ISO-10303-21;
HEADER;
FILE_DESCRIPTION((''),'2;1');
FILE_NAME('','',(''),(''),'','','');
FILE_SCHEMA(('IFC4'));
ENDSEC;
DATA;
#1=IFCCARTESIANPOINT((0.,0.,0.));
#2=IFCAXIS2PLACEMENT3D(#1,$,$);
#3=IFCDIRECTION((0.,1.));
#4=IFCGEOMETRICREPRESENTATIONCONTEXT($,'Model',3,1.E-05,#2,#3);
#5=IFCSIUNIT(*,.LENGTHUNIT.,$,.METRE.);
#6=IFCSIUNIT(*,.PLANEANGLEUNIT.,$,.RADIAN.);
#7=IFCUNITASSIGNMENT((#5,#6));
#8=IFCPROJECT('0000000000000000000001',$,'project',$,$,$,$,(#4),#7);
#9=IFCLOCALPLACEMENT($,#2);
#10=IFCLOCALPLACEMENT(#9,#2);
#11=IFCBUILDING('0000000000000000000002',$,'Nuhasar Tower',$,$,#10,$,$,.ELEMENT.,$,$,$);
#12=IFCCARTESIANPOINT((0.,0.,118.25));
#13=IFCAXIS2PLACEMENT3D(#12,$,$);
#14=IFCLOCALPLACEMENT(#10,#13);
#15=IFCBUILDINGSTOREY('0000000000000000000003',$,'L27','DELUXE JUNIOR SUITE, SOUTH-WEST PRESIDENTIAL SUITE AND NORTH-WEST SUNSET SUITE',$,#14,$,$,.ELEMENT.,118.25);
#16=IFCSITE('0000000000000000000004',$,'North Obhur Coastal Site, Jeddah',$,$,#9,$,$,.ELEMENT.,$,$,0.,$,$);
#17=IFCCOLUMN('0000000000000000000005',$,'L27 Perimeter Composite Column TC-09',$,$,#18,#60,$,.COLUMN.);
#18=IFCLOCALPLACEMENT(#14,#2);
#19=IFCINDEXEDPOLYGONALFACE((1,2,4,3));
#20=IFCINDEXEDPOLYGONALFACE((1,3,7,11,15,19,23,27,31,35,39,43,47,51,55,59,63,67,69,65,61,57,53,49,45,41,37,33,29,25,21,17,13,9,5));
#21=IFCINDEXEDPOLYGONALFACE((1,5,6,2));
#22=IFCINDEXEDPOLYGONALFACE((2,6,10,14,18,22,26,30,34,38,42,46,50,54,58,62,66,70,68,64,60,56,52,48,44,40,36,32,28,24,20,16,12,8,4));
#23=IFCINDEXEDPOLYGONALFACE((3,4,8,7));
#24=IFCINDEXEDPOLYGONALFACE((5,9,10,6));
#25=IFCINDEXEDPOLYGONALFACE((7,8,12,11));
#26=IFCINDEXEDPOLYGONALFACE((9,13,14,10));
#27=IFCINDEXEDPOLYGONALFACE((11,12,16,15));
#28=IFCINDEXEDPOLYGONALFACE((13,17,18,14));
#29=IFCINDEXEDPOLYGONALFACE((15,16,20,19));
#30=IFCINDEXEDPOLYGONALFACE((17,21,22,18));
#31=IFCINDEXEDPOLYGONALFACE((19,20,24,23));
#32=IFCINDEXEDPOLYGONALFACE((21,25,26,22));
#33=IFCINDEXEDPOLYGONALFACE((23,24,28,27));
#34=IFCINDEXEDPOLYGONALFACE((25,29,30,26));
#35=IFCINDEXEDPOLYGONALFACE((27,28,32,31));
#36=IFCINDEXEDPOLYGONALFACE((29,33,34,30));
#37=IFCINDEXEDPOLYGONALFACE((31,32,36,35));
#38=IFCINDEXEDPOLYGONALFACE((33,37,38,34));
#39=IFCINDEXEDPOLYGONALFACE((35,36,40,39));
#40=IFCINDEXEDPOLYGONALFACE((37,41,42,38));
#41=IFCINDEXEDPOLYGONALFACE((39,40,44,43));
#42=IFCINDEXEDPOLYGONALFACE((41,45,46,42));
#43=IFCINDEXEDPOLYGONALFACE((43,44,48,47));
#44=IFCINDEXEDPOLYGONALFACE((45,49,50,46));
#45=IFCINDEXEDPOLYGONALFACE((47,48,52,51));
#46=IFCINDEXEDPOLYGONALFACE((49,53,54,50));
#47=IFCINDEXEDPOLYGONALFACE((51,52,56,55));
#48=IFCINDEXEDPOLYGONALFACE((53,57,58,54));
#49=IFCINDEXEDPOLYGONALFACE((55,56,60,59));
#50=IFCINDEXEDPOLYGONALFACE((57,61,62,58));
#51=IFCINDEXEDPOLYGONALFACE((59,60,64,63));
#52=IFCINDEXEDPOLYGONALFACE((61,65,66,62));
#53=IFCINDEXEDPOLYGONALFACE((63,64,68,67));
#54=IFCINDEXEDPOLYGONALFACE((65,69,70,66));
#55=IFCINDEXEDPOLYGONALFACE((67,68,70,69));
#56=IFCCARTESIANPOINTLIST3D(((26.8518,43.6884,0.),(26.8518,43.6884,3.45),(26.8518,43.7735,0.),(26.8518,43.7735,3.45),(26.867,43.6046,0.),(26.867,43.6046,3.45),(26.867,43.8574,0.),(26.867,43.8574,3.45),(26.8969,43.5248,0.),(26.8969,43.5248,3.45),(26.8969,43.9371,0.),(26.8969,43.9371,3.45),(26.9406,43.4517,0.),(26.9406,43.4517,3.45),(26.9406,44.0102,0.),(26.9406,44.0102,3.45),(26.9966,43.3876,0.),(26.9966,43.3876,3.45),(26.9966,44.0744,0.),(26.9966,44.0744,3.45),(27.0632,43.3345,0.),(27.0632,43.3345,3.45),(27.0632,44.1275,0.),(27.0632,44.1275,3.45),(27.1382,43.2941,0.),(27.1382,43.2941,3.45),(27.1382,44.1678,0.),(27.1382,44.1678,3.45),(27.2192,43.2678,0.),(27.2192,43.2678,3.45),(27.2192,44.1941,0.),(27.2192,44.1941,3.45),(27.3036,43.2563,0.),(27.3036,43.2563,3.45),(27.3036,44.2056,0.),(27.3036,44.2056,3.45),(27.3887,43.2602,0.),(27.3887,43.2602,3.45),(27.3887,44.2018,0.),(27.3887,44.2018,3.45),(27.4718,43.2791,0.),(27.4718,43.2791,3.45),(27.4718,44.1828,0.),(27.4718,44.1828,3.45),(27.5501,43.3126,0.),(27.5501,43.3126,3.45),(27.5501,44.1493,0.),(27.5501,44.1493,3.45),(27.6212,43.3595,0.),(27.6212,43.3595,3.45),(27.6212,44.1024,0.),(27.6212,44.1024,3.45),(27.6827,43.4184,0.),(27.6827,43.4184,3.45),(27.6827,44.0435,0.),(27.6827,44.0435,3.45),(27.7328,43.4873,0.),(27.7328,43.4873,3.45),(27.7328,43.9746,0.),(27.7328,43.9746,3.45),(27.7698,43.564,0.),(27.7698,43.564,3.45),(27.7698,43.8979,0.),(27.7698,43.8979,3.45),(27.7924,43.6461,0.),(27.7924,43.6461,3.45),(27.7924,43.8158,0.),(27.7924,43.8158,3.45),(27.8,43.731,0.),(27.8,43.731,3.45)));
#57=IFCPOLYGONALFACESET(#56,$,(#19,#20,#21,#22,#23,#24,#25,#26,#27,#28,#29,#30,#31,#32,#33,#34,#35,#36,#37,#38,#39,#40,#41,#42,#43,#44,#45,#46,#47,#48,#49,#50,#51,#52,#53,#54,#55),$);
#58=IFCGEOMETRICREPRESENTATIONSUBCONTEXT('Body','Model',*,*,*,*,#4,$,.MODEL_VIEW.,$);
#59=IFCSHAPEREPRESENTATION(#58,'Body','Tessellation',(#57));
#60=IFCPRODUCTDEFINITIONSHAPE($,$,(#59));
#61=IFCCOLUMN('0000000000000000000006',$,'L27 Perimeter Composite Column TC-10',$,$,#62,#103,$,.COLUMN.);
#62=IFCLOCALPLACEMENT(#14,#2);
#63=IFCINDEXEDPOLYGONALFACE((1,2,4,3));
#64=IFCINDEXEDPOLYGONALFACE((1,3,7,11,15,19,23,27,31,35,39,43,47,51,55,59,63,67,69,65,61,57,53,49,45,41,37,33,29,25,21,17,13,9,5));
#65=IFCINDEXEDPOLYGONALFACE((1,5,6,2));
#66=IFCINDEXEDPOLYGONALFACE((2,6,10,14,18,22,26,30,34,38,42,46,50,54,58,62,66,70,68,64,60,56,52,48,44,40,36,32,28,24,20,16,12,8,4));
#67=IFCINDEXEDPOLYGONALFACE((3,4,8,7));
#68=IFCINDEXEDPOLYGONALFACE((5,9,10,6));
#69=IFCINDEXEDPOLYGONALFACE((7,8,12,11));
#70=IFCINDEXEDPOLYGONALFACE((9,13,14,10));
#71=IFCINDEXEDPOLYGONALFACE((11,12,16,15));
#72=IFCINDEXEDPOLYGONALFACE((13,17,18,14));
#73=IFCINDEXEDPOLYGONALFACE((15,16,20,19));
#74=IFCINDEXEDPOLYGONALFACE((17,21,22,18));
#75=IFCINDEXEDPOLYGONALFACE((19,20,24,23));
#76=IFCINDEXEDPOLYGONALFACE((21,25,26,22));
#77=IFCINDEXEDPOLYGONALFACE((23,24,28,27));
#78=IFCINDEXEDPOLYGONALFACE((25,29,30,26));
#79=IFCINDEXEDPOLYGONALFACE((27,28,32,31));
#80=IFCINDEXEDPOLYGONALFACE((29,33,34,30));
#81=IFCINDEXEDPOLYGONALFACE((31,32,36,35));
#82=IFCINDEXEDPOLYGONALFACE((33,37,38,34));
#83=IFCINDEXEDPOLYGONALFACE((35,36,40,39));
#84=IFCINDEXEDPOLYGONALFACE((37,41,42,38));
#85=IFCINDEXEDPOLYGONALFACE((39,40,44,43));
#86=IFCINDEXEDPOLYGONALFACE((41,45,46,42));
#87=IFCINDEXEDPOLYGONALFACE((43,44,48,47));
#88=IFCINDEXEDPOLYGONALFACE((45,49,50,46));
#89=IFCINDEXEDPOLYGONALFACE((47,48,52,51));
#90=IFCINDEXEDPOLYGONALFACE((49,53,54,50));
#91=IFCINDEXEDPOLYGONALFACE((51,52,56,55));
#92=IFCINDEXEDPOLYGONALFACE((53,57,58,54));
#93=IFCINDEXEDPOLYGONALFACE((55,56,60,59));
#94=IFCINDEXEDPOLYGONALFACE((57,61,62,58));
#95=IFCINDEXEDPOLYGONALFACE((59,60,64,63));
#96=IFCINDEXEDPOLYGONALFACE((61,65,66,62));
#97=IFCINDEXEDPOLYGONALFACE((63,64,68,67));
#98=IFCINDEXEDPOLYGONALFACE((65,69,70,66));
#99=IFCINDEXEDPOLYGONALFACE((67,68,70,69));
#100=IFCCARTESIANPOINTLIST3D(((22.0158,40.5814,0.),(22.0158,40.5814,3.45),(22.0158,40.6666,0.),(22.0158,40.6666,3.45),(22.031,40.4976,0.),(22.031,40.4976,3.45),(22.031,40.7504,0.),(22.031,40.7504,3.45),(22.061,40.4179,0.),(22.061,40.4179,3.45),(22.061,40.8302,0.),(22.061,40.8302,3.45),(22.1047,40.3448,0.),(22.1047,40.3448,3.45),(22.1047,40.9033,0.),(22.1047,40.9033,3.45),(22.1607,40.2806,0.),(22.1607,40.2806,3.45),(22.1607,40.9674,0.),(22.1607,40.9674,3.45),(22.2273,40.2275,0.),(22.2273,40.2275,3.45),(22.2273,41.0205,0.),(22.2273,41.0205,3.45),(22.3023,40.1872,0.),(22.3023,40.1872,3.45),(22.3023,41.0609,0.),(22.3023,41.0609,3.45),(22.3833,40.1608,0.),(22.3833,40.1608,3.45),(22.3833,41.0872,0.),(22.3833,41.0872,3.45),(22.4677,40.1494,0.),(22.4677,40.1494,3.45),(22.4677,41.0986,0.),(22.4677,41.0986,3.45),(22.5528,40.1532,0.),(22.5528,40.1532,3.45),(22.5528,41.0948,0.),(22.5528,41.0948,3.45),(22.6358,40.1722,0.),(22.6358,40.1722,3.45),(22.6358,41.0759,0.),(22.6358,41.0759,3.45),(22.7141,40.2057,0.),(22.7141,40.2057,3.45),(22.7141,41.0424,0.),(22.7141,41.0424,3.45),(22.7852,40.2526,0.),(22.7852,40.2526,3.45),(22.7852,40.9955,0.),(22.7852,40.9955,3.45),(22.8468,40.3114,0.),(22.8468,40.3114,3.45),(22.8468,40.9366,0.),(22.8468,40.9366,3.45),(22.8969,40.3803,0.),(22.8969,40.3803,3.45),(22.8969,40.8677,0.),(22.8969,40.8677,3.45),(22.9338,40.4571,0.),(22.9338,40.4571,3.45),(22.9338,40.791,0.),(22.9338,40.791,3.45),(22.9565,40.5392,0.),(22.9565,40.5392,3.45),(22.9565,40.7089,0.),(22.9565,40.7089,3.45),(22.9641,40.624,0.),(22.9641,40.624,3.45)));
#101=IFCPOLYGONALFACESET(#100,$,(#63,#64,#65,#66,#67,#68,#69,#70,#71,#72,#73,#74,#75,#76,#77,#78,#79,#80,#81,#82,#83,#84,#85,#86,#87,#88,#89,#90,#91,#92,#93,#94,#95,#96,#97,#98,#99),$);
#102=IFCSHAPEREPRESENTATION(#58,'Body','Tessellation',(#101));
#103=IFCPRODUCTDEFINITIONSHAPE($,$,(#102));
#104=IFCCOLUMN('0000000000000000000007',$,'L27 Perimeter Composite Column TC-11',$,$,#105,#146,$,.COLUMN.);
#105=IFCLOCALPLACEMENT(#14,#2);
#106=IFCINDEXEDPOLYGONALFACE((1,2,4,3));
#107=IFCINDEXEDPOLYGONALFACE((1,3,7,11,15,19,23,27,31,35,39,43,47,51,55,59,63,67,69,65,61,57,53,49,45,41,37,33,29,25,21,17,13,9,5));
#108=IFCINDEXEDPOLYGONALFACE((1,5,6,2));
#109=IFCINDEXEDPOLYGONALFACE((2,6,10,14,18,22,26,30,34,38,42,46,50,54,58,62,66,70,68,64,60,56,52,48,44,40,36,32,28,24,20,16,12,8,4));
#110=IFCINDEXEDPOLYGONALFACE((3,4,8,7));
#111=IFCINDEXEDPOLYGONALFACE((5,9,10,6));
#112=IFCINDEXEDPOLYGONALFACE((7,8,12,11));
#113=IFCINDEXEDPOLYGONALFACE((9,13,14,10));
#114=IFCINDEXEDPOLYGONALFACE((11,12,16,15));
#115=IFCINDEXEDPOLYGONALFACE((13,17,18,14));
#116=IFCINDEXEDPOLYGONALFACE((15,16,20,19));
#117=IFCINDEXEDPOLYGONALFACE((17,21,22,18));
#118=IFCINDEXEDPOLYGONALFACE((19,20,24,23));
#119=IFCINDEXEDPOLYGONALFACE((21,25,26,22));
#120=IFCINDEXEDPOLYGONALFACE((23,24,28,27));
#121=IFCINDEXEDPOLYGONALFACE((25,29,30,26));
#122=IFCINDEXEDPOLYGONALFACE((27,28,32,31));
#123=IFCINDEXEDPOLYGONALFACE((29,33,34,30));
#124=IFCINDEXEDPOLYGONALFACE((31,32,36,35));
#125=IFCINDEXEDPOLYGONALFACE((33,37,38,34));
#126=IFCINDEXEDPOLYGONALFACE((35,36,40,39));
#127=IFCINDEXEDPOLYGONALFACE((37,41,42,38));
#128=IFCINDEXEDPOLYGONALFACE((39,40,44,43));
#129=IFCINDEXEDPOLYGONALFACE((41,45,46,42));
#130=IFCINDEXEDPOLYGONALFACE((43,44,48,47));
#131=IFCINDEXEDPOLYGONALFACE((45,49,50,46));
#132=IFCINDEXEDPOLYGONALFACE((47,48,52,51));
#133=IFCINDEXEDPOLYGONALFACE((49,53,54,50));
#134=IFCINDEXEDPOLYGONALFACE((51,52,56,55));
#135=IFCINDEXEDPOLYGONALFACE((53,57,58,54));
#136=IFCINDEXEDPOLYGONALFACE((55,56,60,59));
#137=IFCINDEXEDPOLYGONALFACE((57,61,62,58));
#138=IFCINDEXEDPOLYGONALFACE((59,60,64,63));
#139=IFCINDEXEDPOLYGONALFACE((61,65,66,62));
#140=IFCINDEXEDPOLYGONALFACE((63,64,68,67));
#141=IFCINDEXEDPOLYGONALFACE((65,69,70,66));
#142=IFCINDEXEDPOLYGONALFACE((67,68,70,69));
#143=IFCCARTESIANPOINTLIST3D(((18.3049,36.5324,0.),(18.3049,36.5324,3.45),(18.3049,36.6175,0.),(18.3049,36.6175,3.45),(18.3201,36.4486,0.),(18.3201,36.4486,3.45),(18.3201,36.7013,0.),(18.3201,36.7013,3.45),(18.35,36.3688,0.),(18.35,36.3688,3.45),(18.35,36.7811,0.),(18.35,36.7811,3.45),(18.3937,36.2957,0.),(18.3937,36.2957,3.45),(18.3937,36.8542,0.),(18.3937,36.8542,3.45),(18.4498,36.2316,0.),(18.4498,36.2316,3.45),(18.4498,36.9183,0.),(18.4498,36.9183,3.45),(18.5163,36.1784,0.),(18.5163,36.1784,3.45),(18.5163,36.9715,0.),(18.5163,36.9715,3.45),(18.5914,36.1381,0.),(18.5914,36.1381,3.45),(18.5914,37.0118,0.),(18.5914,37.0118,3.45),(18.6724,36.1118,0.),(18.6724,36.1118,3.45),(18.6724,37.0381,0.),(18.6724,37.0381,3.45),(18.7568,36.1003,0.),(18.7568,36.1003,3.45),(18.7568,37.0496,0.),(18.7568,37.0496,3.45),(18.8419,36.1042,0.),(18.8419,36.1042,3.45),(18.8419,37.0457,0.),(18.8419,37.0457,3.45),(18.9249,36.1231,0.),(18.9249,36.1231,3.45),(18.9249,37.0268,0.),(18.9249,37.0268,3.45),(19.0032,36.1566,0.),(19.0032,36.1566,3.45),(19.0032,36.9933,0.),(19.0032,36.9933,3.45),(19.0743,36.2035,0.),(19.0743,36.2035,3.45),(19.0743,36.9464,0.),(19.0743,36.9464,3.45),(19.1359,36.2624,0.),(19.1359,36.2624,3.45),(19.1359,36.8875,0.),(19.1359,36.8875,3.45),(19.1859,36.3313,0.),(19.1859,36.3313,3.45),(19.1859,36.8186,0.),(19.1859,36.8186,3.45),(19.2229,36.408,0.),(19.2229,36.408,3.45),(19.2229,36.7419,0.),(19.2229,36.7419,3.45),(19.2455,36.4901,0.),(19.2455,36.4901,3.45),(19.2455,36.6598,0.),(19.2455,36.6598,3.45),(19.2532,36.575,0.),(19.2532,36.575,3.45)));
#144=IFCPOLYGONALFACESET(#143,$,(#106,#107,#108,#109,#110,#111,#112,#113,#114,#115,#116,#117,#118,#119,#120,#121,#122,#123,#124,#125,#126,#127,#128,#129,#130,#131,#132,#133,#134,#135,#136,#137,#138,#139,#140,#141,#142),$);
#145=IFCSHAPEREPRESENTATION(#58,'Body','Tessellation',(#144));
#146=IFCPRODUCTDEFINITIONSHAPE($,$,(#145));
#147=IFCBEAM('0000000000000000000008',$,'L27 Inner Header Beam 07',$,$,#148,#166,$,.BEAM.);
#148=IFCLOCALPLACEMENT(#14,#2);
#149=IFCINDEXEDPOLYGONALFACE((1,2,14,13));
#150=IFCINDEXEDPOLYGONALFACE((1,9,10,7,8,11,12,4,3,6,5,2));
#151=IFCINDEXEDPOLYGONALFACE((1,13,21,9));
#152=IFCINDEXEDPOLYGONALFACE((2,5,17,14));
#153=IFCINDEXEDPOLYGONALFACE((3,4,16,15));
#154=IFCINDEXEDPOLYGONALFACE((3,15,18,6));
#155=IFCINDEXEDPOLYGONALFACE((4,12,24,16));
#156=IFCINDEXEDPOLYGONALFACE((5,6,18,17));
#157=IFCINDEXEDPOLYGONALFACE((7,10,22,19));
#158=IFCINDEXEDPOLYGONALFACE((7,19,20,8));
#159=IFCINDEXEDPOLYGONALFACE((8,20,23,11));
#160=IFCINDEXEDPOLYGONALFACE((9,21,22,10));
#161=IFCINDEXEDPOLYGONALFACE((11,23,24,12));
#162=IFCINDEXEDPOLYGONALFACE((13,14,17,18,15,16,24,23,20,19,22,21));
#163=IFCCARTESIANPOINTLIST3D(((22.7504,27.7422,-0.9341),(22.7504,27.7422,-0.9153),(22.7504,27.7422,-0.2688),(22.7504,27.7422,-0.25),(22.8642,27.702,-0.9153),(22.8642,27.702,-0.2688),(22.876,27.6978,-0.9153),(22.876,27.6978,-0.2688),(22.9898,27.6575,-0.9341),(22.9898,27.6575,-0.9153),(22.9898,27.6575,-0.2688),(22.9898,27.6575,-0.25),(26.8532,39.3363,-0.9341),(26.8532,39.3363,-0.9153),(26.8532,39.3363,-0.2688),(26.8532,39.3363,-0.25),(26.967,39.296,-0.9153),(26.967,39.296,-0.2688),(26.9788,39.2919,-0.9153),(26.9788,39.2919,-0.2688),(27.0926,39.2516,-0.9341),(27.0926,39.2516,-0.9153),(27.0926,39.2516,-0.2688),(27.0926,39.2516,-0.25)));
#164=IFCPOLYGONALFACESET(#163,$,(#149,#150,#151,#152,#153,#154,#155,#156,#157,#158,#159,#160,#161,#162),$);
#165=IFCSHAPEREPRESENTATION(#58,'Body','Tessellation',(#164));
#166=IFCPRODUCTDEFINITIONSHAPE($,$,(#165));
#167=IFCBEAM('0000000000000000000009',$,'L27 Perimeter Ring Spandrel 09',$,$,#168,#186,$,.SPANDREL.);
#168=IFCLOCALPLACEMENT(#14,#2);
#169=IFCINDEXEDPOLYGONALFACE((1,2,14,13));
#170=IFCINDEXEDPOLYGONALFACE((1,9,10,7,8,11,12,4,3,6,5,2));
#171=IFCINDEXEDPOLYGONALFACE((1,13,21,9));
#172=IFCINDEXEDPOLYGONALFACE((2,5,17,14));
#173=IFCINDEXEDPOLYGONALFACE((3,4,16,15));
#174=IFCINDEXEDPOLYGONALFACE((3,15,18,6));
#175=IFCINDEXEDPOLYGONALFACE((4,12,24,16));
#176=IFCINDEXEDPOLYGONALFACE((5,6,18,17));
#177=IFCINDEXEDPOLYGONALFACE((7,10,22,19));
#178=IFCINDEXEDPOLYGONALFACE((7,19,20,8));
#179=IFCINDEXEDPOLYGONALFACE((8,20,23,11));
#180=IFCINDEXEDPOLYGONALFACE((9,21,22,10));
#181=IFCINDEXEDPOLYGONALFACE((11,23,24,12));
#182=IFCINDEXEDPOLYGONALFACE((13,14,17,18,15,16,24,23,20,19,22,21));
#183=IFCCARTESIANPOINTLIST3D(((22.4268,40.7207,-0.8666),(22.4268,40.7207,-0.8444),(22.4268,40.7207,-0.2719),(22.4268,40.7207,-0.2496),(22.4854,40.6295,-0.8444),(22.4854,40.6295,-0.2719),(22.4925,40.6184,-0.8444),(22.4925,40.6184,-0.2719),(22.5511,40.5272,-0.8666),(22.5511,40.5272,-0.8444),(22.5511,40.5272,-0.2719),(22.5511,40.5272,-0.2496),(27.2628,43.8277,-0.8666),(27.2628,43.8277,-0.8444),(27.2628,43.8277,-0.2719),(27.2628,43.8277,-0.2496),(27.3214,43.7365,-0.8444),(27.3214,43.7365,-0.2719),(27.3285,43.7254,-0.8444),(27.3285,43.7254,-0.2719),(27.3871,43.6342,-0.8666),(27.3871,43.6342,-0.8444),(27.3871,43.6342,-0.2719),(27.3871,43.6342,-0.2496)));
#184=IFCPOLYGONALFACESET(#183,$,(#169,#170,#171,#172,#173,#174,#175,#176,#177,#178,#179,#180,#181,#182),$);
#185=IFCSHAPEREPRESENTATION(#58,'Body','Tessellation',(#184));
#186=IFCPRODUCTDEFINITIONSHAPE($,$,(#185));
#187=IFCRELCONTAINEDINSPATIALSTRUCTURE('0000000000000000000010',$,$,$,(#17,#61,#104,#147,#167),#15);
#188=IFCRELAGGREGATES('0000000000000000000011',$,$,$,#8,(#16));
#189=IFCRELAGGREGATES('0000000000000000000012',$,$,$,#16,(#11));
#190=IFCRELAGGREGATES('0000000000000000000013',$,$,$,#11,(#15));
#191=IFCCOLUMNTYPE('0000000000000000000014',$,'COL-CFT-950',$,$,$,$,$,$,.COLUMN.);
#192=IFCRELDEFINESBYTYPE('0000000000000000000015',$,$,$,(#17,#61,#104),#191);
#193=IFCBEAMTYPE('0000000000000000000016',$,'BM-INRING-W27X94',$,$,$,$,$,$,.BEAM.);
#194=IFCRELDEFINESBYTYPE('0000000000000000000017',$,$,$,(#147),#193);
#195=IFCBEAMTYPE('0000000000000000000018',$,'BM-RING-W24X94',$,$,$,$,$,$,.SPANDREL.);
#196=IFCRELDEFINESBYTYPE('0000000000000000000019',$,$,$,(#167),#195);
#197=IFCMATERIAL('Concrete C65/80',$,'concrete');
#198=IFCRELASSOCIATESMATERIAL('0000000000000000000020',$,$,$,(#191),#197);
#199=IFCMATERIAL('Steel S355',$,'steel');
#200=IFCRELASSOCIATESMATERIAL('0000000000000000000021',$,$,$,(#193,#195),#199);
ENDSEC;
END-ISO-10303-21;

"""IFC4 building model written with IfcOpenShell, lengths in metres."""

from ifc_helpers import new_model, si_unit, direction, frame, origin, origin_2d, place, context, subcontext, project, spatial, circle, i_section, extrude, material, material_profile, profile_set, type_object, element, save


model = new_model("IFC4")

# Units and contexts
model_context = context("Model", 3, precision=1e-05, world=origin(), true_north=direction((0.0, 1.0)))
body_context = subcontext(model_context, "Body", "Model", "MODEL_VIEW")
ifc_project = project(units=[si_unit("LENGTHUNIT", "METRE"), si_unit("PLANEANGLEUNIT", "RADIAN")], contexts=[model_context])

# Site, building, storey
site_placement = place(None, origin())
site = spatial("IfcSite", under=ifc_project, at=site_placement, Name="North Obhur Coastal Site, Jeddah", CompositionType="ELEMENT", RefElevation=0.0)
building_placement = place(site_placement, origin())
building = spatial("IfcBuilding", under=site, at=building_placement, Name="Nuhasar Tower", CompositionType="ELEMENT")
storey_placement = place(building_placement, frame((0.0, 0.0, 118.25)))
storey = spatial("IfcBuildingStorey", under=building, at=storey_placement, Name="L27", Description="DELUXE JUNIOR SUITE, SOUTH-WEST PRESIDENTIAL SUITE AND NORTH-WEST SUNSET SUITE", CompositionType="ELEMENT", Elevation=118.25)

# Columns
ifc_material_1 = material(Name="Concrete C65/80", Category="concrete")
ifc_material_profile_1 = material_profile(ifc_material_1, circle(Radius=0.4751, at=origin_2d()), Name="CFT950")
ifc_profile_set_1 = profile_set([ifc_material_profile_1], Name="Concrete C65/80")
column_type = type_object("IfcColumnType", Name="COL-CFT-950", PredefinedType="COLUMN", material=ifc_profile_set_1)
for number, where, z_axis, x_axis, name in (
    (1, (27.325, 43.731, 0.0), (0.0, 0.0, 1.0), (1.0, 0.0, 0.0), "L27 Perimeter Composite Column TC-09"),
    (2, (22.489, 40.624, 0.0), (0.0, 0.0, 1.0), (1.0, 0.0, 0.0), "L27 Perimeter Composite Column TC-10"),
    (3, (18.7781, 36.575, 0.0), (0.0, 0.0, 1.0), (1.0, 0.0, 0.0), "L27 Perimeter Composite Column TC-11"),
):
    element("IfcColumn", number, at=place(storey_placement, frame(where, z_axis=z_axis, x_axis=x_axis)), inside=storey, type_object=column_type, Name=name, PredefinedType="COLUMN", context=body_context, shape_type="SweptSolid", body=[
        extrude(circle(Radius=0.4751, at=origin_2d()), origin(), (0.0, 0.0, 1.0), 3.45),
    ])

# Beams
ifc_material_2 = material(Name="Steel S355", Category="steel")
ifc_material_profile_2 = material_profile(ifc_material_2, i_section(OverallWidth=0.2539, OverallDepth=0.6841, WebThickness=0.0125, FlangeThickness=0.0188, at=origin_2d()), Name="W27X94")
ifc_profile_set_2 = profile_set([ifc_material_profile_2], Name="Steel S355")
beam_type_1 = type_object("IfcBeamType", Name="BM-INRING-W27X94", PredefinedType="BEAM", material=ifc_profile_set_2)
beam_1_placement = place(storey_placement, frame((26.9729, 39.2939, -0.592), z_axis=(-0.3336, -0.942715, 0.0), x_axis=(0.942715, -0.3336, 0.0)))
element("IfcBeam", 4, at=beam_1_placement, inside=storey, type_object=beam_type_1, Name="L27 Inner Header Beam 07", PredefinedType="BEAM", context=body_context, shape_type="SweptSolid", body=[
    extrude(i_section(OverallWidth=0.2539, OverallDepth=0.6841, WebThickness=0.0125, FlangeThickness=0.0188, at=origin_2d()), origin(), (0.0, 0.0, 1.0), 12.2986),
])
ifc_material_profile_3 = material_profile(ifc_material_2, i_section(OverallWidth=0.23, OverallDepth=0.6169, WebThickness=0.0132, FlangeThickness=0.0222, at=origin_2d()), Name="W24X94")
ifc_profile_set_3 = profile_set([ifc_material_profile_3], Name="Steel S355")
beam_type_2 = type_object("IfcBeamType", Name="BM-RING-W24X94", PredefinedType="SPANDREL", material=ifc_profile_set_3)
beam_2_placement = place(storey_placement, frame((27.325, 43.731, -0.5581), z_axis=(-0.841327, -0.540526, 0.0), x_axis=(0.540526, -0.841327, 0.0)))
element("IfcBeam", 5, at=beam_2_placement, inside=storey, type_object=beam_type_2, Name="L27 Perimeter Ring Spandrel 09", PredefinedType="SPANDREL", context=body_context, shape_type="SweptSolid", body=[
    extrude(i_section(OverallWidth=0.23, OverallDepth=0.6169, WebThickness=0.0132, FlangeThickness=0.0222, at=origin_2d()), origin(), (0.0, 0.0, 1.0), 5.748),
])

save(model, "model.ifc")
